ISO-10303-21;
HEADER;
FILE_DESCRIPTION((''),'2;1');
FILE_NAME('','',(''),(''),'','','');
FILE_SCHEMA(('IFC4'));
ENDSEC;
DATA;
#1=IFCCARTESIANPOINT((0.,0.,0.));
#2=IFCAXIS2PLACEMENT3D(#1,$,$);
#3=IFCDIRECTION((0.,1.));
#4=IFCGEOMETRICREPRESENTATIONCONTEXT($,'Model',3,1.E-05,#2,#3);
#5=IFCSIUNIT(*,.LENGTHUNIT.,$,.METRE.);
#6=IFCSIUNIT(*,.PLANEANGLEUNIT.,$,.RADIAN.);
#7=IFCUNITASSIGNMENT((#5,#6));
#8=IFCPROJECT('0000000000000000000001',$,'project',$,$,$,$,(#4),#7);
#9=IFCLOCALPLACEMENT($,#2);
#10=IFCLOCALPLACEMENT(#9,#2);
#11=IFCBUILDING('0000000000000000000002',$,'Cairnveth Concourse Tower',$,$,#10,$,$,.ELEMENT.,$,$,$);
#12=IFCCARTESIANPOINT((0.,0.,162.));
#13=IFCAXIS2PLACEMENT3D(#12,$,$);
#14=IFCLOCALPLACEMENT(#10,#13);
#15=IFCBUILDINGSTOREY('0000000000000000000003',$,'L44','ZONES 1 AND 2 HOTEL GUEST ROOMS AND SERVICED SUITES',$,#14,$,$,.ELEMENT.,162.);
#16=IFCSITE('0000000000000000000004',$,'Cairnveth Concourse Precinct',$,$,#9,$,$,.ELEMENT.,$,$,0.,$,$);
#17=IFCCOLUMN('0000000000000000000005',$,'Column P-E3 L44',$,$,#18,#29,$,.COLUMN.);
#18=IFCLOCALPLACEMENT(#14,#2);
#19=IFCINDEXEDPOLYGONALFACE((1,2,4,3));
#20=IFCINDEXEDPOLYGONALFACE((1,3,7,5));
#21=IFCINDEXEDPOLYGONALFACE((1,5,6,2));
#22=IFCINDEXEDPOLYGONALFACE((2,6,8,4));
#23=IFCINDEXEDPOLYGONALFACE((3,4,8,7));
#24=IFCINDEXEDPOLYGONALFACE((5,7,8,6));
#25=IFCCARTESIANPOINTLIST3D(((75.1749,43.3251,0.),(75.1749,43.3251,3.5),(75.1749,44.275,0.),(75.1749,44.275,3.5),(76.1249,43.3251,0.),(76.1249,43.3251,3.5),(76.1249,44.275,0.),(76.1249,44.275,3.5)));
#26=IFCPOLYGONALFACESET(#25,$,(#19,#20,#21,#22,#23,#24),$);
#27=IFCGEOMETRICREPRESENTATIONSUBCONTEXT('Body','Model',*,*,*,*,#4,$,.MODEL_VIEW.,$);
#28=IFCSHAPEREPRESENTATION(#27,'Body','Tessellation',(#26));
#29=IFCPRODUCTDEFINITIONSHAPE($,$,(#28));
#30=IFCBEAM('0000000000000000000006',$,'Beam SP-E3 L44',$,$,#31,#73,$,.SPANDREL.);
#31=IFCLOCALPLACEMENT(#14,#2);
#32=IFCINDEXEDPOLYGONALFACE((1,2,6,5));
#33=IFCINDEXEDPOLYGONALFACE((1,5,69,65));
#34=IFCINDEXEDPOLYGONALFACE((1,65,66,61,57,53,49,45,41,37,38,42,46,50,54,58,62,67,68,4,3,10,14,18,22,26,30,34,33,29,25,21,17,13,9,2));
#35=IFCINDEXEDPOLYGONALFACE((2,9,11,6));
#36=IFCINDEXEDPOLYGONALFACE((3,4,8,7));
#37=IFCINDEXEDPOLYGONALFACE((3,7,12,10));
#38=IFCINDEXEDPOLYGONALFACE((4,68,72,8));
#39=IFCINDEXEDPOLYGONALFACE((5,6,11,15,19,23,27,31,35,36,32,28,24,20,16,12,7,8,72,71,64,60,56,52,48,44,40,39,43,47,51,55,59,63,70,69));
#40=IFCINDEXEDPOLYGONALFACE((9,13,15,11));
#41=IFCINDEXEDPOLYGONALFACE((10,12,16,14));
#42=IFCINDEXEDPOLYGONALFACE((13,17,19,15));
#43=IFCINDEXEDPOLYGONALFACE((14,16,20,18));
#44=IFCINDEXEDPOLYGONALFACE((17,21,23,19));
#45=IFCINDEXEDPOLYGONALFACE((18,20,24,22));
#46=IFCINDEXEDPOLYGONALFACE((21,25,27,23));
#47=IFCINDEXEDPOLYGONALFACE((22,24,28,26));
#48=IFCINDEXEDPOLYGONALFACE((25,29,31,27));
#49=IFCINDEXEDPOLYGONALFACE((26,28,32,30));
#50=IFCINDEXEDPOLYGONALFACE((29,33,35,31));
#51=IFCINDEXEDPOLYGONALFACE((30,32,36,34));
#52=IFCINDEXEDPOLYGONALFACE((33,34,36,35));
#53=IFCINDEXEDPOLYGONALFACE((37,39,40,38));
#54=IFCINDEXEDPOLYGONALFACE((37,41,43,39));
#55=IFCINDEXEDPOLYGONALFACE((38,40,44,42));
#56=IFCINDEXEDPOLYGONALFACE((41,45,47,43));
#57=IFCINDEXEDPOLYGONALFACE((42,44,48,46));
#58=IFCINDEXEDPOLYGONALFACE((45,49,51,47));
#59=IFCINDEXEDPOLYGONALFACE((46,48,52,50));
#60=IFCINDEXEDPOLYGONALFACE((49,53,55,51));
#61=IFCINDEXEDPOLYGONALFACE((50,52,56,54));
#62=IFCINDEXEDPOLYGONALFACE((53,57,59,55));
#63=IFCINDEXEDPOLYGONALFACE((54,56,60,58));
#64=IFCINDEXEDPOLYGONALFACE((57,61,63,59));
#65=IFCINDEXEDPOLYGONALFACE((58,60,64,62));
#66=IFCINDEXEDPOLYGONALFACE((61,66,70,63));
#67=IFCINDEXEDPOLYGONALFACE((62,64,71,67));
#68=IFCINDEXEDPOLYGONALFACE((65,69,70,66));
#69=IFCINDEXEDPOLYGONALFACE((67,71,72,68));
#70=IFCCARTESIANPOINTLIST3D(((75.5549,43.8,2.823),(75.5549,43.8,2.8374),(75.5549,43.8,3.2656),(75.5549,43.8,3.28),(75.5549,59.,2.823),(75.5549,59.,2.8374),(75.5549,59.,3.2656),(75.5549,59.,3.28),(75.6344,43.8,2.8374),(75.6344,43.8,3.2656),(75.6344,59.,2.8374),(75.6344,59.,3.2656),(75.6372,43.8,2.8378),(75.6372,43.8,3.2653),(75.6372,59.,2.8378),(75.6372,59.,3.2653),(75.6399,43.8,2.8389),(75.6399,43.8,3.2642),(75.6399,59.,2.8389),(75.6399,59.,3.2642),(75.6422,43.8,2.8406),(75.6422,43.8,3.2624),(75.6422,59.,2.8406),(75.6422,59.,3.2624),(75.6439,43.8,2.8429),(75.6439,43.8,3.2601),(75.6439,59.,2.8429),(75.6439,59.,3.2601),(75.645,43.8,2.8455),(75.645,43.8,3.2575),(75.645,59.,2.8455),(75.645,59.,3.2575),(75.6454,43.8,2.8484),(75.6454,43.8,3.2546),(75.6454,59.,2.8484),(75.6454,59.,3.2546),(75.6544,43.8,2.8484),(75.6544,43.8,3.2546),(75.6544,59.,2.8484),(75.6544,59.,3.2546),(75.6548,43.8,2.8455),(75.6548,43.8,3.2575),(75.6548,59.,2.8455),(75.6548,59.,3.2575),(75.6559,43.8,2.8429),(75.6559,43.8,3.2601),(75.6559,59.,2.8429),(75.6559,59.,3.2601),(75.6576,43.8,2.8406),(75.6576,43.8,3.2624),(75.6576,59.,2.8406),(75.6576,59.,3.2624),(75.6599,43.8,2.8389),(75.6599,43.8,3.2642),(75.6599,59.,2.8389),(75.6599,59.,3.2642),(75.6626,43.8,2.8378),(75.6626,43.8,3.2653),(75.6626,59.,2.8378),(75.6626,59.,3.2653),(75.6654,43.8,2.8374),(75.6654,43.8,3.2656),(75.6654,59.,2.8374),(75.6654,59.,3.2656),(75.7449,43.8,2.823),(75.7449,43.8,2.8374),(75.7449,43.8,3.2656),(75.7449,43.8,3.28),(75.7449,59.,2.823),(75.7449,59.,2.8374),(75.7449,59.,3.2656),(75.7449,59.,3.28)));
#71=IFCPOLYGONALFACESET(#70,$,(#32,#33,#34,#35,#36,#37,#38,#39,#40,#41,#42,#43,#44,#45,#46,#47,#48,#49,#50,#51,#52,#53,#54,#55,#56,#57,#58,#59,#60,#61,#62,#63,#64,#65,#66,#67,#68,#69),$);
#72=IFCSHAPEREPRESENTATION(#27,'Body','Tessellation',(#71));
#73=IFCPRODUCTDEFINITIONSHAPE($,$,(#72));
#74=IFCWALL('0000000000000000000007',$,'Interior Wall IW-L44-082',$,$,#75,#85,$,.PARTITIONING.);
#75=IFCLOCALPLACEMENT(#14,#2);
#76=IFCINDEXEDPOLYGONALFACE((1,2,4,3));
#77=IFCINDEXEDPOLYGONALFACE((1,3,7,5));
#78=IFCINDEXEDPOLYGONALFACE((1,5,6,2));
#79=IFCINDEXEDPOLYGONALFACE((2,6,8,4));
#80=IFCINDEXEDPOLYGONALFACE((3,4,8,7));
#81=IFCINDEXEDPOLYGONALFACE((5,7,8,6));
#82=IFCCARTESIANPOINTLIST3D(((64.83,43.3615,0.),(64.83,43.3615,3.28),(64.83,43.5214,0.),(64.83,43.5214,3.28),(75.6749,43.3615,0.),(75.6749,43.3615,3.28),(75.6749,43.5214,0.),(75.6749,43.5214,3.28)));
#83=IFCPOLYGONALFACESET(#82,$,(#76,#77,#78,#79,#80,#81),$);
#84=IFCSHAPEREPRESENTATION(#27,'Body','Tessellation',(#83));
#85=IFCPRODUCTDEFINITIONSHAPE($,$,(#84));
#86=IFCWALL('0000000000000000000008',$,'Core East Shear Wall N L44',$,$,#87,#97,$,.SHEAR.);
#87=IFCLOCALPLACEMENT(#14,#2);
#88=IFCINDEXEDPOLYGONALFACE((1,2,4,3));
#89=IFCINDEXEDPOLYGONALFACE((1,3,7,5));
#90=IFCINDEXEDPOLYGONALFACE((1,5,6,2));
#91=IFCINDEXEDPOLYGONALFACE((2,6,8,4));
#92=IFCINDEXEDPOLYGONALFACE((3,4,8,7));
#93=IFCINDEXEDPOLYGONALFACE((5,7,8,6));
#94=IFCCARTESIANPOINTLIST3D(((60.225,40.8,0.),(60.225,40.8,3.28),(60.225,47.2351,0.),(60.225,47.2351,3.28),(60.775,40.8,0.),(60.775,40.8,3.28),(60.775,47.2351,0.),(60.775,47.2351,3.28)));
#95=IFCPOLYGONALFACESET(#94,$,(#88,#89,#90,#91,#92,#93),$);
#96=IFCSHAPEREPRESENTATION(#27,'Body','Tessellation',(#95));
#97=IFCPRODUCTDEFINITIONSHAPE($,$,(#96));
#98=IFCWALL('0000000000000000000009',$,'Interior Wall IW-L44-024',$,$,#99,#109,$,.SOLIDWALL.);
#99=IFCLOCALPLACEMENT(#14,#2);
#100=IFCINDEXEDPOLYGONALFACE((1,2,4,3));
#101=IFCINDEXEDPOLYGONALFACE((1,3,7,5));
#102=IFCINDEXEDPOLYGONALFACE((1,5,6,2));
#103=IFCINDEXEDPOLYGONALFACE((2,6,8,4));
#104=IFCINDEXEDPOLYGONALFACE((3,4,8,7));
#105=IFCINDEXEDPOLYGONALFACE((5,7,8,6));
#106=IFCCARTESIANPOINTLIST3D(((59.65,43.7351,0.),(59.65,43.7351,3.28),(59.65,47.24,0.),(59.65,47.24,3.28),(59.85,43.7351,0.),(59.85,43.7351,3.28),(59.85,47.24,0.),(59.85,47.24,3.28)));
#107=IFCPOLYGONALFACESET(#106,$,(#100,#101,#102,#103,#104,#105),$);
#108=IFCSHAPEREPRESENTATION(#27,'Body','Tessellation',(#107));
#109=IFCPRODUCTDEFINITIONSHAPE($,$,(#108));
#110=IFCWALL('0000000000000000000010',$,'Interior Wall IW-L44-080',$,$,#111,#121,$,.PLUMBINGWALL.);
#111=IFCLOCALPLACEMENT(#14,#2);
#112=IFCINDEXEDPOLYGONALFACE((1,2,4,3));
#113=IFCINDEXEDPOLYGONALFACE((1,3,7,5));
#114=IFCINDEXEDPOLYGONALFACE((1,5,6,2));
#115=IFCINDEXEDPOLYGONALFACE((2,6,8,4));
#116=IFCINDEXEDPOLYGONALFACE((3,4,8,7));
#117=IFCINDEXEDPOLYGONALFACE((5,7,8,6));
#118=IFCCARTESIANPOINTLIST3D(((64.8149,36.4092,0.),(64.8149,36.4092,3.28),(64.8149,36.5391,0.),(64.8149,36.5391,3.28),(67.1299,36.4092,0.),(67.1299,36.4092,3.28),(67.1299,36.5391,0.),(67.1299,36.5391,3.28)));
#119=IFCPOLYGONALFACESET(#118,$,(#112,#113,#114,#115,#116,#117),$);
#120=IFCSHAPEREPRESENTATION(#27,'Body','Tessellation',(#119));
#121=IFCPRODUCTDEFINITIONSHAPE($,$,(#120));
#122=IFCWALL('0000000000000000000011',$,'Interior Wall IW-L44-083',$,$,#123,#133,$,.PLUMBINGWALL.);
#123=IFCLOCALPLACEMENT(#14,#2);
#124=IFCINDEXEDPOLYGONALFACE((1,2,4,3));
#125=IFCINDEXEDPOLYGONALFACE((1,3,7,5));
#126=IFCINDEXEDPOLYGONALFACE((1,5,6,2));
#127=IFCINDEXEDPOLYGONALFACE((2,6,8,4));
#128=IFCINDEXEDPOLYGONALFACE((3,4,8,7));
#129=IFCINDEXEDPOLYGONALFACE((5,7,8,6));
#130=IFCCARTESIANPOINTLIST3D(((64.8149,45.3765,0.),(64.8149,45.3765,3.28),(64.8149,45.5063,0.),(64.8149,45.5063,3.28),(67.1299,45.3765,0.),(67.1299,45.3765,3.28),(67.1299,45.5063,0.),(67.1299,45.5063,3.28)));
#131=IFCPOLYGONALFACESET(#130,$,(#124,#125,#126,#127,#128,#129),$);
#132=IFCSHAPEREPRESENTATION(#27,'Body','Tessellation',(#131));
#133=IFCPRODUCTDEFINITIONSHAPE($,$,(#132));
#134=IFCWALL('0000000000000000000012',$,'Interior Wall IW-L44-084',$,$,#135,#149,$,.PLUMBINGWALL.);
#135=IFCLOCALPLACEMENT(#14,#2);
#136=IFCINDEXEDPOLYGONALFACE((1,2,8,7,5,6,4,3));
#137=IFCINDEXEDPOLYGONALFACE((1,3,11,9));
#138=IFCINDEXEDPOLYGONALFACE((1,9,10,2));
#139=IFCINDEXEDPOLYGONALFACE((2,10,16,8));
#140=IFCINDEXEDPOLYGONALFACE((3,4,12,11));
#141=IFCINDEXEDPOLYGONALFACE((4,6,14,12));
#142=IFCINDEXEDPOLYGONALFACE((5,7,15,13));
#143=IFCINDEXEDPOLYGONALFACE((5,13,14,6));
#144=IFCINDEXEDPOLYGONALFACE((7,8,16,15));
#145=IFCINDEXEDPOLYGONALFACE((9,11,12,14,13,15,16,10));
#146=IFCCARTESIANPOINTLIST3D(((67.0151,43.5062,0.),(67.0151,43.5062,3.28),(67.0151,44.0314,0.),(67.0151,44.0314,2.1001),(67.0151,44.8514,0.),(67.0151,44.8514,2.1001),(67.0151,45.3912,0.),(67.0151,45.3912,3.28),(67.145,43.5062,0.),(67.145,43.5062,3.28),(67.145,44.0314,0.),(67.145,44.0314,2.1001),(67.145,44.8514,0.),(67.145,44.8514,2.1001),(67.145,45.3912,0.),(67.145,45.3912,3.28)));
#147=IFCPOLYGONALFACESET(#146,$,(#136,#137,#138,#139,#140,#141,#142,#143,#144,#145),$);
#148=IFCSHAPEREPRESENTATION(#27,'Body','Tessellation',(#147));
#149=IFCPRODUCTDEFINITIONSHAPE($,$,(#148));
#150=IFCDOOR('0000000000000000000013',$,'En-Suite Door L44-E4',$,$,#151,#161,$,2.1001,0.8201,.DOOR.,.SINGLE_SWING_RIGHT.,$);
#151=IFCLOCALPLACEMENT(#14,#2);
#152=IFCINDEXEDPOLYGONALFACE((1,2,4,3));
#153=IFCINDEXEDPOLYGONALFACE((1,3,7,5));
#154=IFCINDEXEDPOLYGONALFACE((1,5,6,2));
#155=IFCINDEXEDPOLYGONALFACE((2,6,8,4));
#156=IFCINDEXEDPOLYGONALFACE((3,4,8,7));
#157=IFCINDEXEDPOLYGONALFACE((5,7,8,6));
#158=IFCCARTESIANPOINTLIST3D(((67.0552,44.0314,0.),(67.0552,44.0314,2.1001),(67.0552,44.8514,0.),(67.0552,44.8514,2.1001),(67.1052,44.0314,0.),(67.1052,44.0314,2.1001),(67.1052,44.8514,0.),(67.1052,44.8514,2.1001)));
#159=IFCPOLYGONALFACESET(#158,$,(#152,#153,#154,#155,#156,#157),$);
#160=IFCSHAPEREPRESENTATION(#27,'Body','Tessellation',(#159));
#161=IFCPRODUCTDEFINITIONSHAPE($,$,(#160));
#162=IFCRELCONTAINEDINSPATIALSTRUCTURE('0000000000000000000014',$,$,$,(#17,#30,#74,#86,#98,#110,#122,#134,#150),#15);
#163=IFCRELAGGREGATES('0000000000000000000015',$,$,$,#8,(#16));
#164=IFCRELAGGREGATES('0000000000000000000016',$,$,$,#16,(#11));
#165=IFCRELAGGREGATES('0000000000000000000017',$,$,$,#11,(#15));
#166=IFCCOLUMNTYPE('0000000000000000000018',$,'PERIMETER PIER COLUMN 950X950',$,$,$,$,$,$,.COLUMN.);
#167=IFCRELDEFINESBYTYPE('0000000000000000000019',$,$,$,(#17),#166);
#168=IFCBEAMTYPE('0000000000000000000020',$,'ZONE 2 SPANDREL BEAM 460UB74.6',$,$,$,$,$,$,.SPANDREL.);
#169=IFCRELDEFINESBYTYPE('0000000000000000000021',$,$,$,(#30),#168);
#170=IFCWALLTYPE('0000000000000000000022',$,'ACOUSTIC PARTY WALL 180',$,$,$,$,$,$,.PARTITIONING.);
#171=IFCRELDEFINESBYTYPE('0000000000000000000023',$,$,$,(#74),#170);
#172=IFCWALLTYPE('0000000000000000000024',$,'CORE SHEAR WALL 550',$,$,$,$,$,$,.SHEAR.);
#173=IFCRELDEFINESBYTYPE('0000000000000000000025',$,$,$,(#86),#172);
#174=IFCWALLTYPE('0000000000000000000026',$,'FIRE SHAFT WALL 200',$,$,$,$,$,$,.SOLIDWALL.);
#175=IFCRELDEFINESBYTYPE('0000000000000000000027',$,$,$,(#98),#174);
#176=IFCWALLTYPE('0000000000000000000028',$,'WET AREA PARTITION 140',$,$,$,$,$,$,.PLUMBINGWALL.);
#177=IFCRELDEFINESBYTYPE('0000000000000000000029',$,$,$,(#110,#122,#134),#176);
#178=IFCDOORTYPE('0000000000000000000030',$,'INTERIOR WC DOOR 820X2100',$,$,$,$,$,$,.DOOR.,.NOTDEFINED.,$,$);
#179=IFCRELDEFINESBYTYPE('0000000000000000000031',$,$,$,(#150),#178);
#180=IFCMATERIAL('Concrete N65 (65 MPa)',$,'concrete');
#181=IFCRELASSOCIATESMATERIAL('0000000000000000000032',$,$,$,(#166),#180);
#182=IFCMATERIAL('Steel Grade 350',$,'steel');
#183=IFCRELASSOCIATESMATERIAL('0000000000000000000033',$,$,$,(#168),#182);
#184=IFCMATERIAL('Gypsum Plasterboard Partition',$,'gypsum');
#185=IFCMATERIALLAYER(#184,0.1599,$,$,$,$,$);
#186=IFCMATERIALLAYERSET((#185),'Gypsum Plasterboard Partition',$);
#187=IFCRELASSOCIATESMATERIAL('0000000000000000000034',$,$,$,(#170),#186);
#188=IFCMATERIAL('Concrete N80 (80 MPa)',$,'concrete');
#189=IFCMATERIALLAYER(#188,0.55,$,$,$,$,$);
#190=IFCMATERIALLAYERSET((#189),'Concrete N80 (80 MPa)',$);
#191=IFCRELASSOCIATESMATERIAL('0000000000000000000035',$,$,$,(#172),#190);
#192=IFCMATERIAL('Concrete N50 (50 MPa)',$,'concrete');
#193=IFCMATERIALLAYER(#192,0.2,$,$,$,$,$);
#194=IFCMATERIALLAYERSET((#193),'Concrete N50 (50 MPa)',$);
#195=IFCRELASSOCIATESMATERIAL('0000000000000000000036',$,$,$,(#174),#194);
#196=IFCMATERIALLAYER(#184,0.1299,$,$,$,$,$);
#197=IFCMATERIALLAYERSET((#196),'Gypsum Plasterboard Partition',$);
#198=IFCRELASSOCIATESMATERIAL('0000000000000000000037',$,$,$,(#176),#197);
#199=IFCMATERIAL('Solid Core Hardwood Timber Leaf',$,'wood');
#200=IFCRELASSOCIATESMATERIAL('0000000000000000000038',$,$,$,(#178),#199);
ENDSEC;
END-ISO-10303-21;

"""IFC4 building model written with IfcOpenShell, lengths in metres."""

from ifc_helpers import new_model, si_unit, direction, frame, frame_2d, origin, origin_2d, place, context, subcontext, project, spatial, rectangle, i_section, extrude, material, layer, layer_set, material_profile, profile_set, type_object, element, fill, save


model = new_model("IFC4")

# Units and contexts
model_context = context("Model", 3, precision=1e-05, world=origin(), true_north=direction((0.0, 1.0)))
body_context = subcontext(model_context, "Body", "Model", "MODEL_VIEW")
ifc_project = project(units=[si_unit("LENGTHUNIT", "METRE"), si_unit("PLANEANGLEUNIT", "RADIAN")], contexts=[model_context])

# Site, building, storey
site_placement = place(None, origin())
site = spatial("IfcSite", under=ifc_project, at=site_placement, Name="Cairnveth Concourse Precinct", CompositionType="ELEMENT", RefElevation=0.0)
building_placement = place(site_placement, origin())
building = spatial("IfcBuilding", under=site, at=building_placement, Name="Cairnveth Concourse Tower", CompositionType="ELEMENT")
storey_placement = place(building_placement, frame((0.0, 0.0, 162.0)))
storey = spatial("IfcBuildingStorey", under=building, at=storey_placement, Name="L44", Description="ZONES 1 AND 2 HOTEL GUEST ROOMS AND SERVICED SUITES", CompositionType="ELEMENT", Elevation=162.0)

# Column
ifc_material_1 = material(Name="Concrete N65 (65 MPa)", Category="concrete")
ifc_material_profile_1 = material_profile(ifc_material_1, rectangle(XDim=0.95, YDim=0.95, at=origin_2d()), Name="RC-COL-950x950")
ifc_profile_set_1 = profile_set([ifc_material_profile_1], Name="Concrete N65 (65 MPa)")
column_type = type_object("IfcColumnType", Name="PERIMETER PIER COLUMN 950X950", PredefinedType="COLUMN", material=ifc_profile_set_1)
column_placement = place(storey_placement, frame((75.6499, 43.8, 0.0), z_axis=(0.0, 0.0, 1.0), x_axis=(0.0, 1.0, 0.0)))
element("IfcColumn", 1, at=column_placement, inside=storey, type_object=column_type, Name="Column P-E3 L44", PredefinedType="COLUMN", context=body_context, shape_type="SweptSolid", body=[
    extrude(rectangle(XDim=0.95, YDim=0.95, at=origin_2d()), origin(), (0.0, 0.0, 1.0), 3.5),
])

# Beam
ifc_material_2 = material(Name="Steel Grade 350", Category="steel")
ifc_material_profile_2 = material_profile(ifc_material_2, i_section(OverallWidth=0.1899, OverallDepth=0.457, WebThickness=0.009, FlangeThickness=0.0144, FilletRadius=0.011, at=origin_2d()), Name="460UB74.6")
ifc_profile_set_2 = profile_set([ifc_material_profile_2], Name="Steel Grade 350")
beam_type = type_object("IfcBeamType", Name="ZONE 2 SPANDREL BEAM 460UB74.6", PredefinedType="SPANDREL", material=ifc_profile_set_2)
beam_placement = place(storey_placement, frame((75.6499, 43.8, 3.0515), z_axis=(0.0, 1.0, 0.0), x_axis=(-1.0, 0.0, 0.0)))
element("IfcBeam", 2, at=beam_placement, inside=storey, type_object=beam_type, Name="Beam SP-E3 L44", PredefinedType="SPANDREL", context=body_context, shape_type="SweptSolid", body=[
    extrude(i_section(OverallWidth=0.1899, OverallDepth=0.457, WebThickness=0.009, FlangeThickness=0.0144, FilletRadius=0.011, at=origin_2d()), origin(), (0.0, 0.0, 1.0), 15.2),
])

# Walls
ifc_material_3 = material(Name="Gypsum Plasterboard Partition", Category="gypsum")
ifc_layer_1 = layer(ifc_material_3, 0.1599)
ifc_layer_set_1 = layer_set([ifc_layer_1], Name="Gypsum Plasterboard Partition")
wall_type_1 = type_object("IfcWallType", Name="ACOUSTIC PARTY WALL 180", PredefinedType="PARTITIONING", material=ifc_layer_set_1)
wall_1_placement = place(storey_placement, frame((64.8301, 43.4414, 0.0), z_axis=(0.0, 0.0, 1.0), x_axis=(1.0, 0.0, 0.0)))
element("IfcWall", 3, at=wall_1_placement, inside=storey, type_object=wall_type_1, Name="Interior Wall IW-L44-082", PredefinedType="PARTITIONING", context=body_context, shape_type="SweptSolid", body=[
    extrude(rectangle(XDim=10.845, YDim=0.1599, at=frame_2d((5.4224, 0.0))), origin(), (0.0, 0.0, 1.0), 3.28),
])
ifc_material_4 = material(Name="Concrete N80 (80 MPa)", Category="concrete")
ifc_layer_2 = layer(ifc_material_4, 0.55)
ifc_layer_set_2 = layer_set([ifc_layer_2], Name="Concrete N80 (80 MPa)")
wall_type_2 = type_object("IfcWallType", Name="CORE SHEAR WALL 550", PredefinedType="SHEAR", material=ifc_layer_set_2)
wall_2_placement = place(storey_placement, frame((60.5, 40.8, 0.0), z_axis=(0.0, 0.0, 1.0), x_axis=(0.0, 1.0, 0.0)))
element("IfcWall", 4, at=wall_2_placement, inside=storey, type_object=wall_type_2, Name="Core East Shear Wall N L44", PredefinedType="SHEAR", context=body_context, shape_type="SweptSolid", body=[
    extrude(rectangle(XDim=6.4351, YDim=0.55, at=frame_2d((3.2175, 0.0))), origin(), (0.0, 0.0, 1.0), 3.28),
])

# Shared definitions
ifc_material_5 = material(Name="Concrete N50 (50 MPa)", Category="concrete")
ifc_layer_3 = layer(ifc_material_5, 0.2)
ifc_layer_set_3 = layer_set([ifc_layer_3], Name="Concrete N50 (50 MPa)")
wall_type_3 = type_object("IfcWallType", Name="FIRE SHAFT WALL 200", PredefinedType="SOLIDWALL", material=ifc_layer_set_3)

# Walls
wall_3_placement = place(storey_placement, frame((59.75, 43.7351, 0.0), z_axis=(0.0, 0.0, 1.0), x_axis=(0.0, 1.0, 0.0)))
element("IfcWall", 5, at=wall_3_placement, inside=storey, type_object=wall_type_3, Name="Interior Wall IW-L44-024", PredefinedType="SOLIDWALL", context=body_context, shape_type="SweptSolid", body=[
    extrude(rectangle(XDim=3.5049, YDim=0.2, at=frame_2d((1.7524, 0.0))), origin(), (0.0, 0.0, 1.0), 3.28),
])
ifc_layer_4 = layer(ifc_material_3, 0.1299)
ifc_layer_set_4 = layer_set([ifc_layer_4], Name="Gypsum Plasterboard Partition")
wall_type_4 = type_object("IfcWallType", Name="WET AREA PARTITION 140", PredefinedType="PLUMBINGWALL", material=ifc_layer_set_4)
for number, where, z_axis, x_axis, name in (
    (6, (64.8149, 36.4741, 0.0), (0.0, 0.0, 1.0), (1.0, 0.0, 0.0), "Interior Wall IW-L44-080"),
    (7, (64.8149, 45.4414, 0.0), (0.0, 0.0, 1.0), (1.0, 0.0, 0.0), "Interior Wall IW-L44-083"),
):
    element("IfcWall", number, at=place(storey_placement, frame(where, z_axis=z_axis, x_axis=x_axis)), inside=storey, type_object=wall_type_4, Name=name, PredefinedType="PLUMBINGWALL", context=body_context, shape_type="SweptSolid", body=[
        extrude(rectangle(XDim=2.3149, YDim=0.1299, at=frame_2d((1.1575, 0.0))), origin(), (0.0, 0.0, 1.0), 3.28),
    ])

# Wall, opening, door
wall_4_placement = place(storey_placement, frame((67.0801, 43.5063, 0.0), z_axis=(0.0, 0.0, 1.0), x_axis=(0.0, 1.0, 0.0)))
wall_4 = element("IfcWall", 8, at=wall_4_placement, inside=storey, type_object=wall_type_4, Name="Interior Wall IW-L44-084", PredefinedType="PLUMBINGWALL", context=body_context, shape_type="SweptSolid", body=[
    extrude(rectangle(XDim=1.885, YDim=0.1299, at=frame_2d((0.9424, 0.0))), origin(), (0.0, 0.0, 1.0), 3.28),
])
opening_1_placement = place(wall_4_placement, frame((0.5249, 0.0, 0.0)))
opening_1 = element("IfcOpeningElement", 9, at=opening_1_placement, cuts=wall_4, PredefinedType="OPENING", context=body_context, shape_type="SweptSolid", body=[
    extrude(rectangle(XDim=0.8201, YDim=2.1001, at=frame_2d((0.4102, 1.05))), frame((0.0, 0.075, 0.0), z_axis=(0.0, -1.0, 0.0), x_axis=(1.0, 0.0, 0.0)), (0.0, 0.0, 1.0), 0.1499),
])
ifc_material_6 = material(Name="Solid Core Hardwood Timber Leaf", Category="wood")
door_type_1 = type_object("IfcDoorType", Name="INTERIOR WC DOOR 820X2100", OperationType="NOTDEFINED", PredefinedType="DOOR", material=ifc_material_6)
door_1_placement = place(opening_1_placement, origin())
door_1 = element("IfcDoor", 10, at=door_1_placement, inside=storey, type_object=door_type_1, Name="En-Suite Door L44-E4", OperationType="SINGLE_SWING_RIGHT", OverallHeight=2.1001, OverallWidth=0.8201, PredefinedType="DOOR", context=body_context, shape_type="SweptSolid", body=[
    extrude(rectangle(XDim=0.8201, YDim=2.1001, at=frame_2d((0.4102, 1.05))), frame((0.0, 0.0249, 0.0), z_axis=(0.0, -1.0, 0.0), x_axis=(1.0, 0.0, 0.0)), (0.0, 0.0, 1.0), 0.05),
])
fill(opening_1, door_1)

save(model, "model.ifc")
